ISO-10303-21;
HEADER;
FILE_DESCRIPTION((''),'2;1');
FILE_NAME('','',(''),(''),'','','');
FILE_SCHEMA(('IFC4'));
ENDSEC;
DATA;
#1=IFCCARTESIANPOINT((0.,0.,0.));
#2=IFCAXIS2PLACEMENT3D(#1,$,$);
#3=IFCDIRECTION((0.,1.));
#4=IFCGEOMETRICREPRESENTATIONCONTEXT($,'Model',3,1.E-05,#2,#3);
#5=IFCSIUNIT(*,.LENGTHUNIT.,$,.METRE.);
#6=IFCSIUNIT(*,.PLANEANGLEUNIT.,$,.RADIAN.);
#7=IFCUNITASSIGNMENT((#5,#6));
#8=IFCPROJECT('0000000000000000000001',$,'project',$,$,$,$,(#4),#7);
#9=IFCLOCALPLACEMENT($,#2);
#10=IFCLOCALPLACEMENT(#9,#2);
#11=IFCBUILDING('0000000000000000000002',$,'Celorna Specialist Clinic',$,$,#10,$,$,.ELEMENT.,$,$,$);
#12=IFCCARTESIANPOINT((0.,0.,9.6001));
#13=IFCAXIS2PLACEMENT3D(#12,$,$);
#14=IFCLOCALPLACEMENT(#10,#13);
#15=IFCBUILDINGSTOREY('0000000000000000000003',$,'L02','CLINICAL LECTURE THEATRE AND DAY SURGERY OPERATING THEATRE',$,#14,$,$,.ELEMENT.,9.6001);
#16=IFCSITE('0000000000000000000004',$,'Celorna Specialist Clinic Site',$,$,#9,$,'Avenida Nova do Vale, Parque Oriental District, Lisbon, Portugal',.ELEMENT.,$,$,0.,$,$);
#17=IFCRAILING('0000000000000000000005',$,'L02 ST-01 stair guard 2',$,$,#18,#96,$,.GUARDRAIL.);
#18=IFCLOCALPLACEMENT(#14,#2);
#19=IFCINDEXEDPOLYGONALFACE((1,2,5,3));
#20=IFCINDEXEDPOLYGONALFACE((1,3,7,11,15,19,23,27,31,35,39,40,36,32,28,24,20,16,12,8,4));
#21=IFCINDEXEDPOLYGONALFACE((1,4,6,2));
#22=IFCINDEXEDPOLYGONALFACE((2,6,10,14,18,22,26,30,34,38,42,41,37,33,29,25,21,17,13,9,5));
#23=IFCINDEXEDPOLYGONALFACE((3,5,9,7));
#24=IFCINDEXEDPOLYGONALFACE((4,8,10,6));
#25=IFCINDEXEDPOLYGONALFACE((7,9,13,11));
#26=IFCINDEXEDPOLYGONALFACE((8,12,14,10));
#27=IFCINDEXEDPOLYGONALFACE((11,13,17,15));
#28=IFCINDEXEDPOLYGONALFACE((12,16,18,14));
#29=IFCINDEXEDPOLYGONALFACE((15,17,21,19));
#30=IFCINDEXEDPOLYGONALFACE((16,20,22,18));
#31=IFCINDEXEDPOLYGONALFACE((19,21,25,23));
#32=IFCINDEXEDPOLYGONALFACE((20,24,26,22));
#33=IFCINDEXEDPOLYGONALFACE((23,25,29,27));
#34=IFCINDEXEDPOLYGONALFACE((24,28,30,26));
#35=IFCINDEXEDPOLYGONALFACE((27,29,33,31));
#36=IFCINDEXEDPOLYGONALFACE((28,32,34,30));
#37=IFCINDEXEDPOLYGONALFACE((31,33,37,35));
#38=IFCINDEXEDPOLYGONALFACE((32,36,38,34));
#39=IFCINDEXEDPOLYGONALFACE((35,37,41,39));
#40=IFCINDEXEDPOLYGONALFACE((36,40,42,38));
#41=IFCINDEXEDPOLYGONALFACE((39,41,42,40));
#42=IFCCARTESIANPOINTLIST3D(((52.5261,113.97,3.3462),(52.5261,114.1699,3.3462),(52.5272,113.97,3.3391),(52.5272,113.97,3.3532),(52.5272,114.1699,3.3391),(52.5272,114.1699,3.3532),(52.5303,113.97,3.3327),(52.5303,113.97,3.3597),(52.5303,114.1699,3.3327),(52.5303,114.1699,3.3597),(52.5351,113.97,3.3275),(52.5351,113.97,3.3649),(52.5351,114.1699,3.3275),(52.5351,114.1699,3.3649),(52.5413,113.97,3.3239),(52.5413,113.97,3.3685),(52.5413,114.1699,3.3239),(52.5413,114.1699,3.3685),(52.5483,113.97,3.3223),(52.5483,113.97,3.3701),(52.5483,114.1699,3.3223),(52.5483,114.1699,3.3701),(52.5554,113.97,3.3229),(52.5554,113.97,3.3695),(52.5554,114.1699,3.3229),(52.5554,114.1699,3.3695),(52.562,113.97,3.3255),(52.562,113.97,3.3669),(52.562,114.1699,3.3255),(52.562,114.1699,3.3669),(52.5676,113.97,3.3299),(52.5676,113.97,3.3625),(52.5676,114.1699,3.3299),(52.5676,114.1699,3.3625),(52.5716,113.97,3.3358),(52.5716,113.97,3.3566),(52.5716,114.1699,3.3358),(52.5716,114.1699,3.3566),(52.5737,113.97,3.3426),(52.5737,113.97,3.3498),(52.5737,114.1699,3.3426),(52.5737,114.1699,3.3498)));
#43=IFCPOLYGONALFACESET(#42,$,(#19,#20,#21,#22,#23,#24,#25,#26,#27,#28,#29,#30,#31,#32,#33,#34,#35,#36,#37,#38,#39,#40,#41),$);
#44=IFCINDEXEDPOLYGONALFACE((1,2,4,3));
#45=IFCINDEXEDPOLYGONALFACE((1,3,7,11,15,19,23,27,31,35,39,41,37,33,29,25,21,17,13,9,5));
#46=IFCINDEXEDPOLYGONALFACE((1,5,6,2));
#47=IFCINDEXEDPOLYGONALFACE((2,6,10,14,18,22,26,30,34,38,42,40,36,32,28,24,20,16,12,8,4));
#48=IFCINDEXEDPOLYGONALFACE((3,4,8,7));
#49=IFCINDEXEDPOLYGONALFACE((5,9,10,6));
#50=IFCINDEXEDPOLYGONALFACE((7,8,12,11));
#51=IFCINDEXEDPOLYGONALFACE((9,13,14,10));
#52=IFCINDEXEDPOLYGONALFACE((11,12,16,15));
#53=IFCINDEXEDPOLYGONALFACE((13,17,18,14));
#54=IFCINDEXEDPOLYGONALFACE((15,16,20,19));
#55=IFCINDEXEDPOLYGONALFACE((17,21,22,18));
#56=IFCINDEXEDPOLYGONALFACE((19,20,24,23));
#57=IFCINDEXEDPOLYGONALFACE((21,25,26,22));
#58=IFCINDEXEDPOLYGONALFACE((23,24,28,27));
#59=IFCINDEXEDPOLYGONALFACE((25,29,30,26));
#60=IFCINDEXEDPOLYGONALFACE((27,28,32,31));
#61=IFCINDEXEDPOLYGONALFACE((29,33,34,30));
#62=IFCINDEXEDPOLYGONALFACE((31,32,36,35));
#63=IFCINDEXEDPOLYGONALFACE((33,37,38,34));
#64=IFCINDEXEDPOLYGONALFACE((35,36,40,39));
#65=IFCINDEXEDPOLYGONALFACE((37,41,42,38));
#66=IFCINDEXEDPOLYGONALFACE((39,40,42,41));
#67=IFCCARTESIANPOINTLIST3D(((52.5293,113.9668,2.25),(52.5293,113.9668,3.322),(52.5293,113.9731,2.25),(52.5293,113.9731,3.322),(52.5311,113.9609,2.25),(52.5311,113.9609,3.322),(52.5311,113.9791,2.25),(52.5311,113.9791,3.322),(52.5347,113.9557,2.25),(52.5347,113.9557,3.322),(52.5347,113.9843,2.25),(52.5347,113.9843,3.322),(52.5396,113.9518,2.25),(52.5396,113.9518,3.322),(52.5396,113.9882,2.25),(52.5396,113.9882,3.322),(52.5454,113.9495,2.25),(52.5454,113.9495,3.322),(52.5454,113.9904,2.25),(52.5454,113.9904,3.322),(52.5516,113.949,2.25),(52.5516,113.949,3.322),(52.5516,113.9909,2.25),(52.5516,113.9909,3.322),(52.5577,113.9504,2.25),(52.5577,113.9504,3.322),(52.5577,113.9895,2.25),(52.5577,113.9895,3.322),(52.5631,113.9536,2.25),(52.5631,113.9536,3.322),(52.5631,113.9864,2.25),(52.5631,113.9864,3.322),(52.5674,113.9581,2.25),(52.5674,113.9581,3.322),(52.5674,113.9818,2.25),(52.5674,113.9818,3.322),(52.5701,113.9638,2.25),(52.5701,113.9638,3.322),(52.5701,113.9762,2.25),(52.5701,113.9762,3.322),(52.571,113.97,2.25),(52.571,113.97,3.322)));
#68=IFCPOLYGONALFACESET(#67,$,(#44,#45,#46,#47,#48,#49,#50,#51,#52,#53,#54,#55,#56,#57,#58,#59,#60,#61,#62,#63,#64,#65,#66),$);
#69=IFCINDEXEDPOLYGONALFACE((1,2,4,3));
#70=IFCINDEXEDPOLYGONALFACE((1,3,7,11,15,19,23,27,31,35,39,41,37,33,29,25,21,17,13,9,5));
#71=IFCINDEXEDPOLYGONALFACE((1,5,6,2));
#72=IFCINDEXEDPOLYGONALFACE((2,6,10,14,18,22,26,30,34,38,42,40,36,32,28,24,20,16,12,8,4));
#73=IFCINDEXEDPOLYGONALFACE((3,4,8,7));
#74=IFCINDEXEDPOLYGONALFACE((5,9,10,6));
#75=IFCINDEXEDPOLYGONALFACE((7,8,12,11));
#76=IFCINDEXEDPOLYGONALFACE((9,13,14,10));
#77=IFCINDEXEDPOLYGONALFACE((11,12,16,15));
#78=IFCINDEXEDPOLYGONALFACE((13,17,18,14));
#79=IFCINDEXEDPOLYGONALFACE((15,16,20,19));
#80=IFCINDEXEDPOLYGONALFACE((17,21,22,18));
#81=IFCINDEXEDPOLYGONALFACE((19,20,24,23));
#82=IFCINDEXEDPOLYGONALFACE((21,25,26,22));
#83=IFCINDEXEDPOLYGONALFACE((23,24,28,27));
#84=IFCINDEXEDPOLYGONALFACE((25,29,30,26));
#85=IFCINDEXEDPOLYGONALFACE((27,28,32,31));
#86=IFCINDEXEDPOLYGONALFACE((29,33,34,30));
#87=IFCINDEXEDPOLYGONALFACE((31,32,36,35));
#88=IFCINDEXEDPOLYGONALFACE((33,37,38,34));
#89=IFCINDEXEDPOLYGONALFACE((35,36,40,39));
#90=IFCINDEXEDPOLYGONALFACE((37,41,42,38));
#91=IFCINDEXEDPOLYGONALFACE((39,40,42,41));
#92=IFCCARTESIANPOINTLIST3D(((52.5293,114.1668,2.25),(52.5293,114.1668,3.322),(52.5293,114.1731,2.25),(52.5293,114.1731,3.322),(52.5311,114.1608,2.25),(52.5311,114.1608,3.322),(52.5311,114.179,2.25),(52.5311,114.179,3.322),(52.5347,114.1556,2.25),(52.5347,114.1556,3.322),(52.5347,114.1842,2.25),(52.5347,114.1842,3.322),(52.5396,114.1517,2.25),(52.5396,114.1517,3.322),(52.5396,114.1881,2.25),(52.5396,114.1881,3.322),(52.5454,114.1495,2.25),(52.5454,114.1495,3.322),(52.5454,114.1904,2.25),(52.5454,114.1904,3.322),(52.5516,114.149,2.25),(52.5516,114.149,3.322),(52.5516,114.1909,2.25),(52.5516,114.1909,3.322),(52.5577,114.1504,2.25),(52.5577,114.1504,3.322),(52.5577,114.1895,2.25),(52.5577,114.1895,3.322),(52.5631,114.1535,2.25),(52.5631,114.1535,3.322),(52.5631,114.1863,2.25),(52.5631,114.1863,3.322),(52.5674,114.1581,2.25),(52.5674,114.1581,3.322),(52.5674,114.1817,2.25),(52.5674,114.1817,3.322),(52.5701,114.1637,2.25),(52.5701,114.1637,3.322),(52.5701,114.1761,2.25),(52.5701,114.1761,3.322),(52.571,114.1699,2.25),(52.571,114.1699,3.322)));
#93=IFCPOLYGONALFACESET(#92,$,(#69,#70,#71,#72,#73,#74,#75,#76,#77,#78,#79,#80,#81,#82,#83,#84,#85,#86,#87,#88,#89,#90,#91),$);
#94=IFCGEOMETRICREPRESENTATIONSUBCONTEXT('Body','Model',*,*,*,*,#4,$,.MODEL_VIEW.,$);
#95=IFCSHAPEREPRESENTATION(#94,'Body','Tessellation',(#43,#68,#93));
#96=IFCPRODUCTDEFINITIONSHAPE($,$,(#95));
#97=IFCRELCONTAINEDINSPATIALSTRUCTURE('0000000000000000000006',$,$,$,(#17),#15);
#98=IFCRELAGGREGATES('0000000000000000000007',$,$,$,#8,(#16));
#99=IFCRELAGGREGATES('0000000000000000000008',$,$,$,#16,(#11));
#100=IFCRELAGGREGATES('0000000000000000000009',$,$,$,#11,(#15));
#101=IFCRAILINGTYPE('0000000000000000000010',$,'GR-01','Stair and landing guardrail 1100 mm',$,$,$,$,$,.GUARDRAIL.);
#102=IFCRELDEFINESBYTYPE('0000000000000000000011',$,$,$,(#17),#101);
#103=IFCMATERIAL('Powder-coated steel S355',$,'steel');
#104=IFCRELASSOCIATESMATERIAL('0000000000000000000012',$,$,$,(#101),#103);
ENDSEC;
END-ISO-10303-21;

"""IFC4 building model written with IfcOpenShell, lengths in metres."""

from ifc_helpers import new_model, si_unit, direction, frame, origin, origin_2d, place, context, subcontext, project, spatial, circle, extrude, material, type_object, element, save


model = new_model("IFC4")

# Units and contexts
model_context = context("Model", 3, precision=1e-05, world=origin(), true_north=direction((0.0, 1.0)))
body_context = subcontext(model_context, "Body", "Model", "MODEL_VIEW")
ifc_project = project(units=[si_unit("LENGTHUNIT", "METRE"), si_unit("PLANEANGLEUNIT", "RADIAN")], contexts=[model_context])

# Site, building, storey
site_placement = place(None, origin())
site = spatial("IfcSite", under=ifc_project, at=site_placement, Name="Celorna Specialist Clinic Site", LongName="Avenida Nova do Vale, Parque Oriental District, Lisbon, Portugal", CompositionType="ELEMENT", RefElevation=0.0)
building_placement = place(site_placement, origin())
building = spatial("IfcBuilding", under=site, at=building_placement, Name="Celorna Specialist Clinic", CompositionType="ELEMENT")
storey_placement = place(building_placement, frame((0.0, 0.0, 9.6001)))
storey = spatial("IfcBuildingStorey", under=building, at=storey_placement, Name="L02", Description="CLINICAL LECTURE THEATRE AND DAY SURGERY OPERATING THEATRE", CompositionType="ELEMENT", Elevation=9.6001)

# Railing
ifc_material_1 = material(Name="Powder-coated steel S355", Category="steel")
railing_type_1 = type_object("IfcRailingType", Name="GR-01", Description="Stair and landing guardrail 1100 mm", PredefinedType="GUARDRAIL", material=ifc_material_1)
railing_1_placement = place(storey_placement, frame((52.55, 113.97, 2.25)))
element("IfcRailing", 1, at=railing_1_placement, inside=storey, type_object=railing_type_1, Name="L02 ST-01 stair guard 2", PredefinedType="GUARDRAIL", context=body_context, shape_type="SweptSolid", body=[
    extrude(circle(Radius=0.0239, at=origin_2d()), frame((0.0, 0.0, 1.0962), z_axis=(0.0, 1.0, 0.0), x_axis=(-1.0, 0.0, 0.0)), (0.0, 0.0, 1.0), 0.2),
    extrude(circle(Radius=0.021, at=origin_2d()), origin(), (0.0, 0.0, 1.0), 1.072),
    extrude(circle(Radius=0.021, at=origin_2d()), frame((0.0, 0.2, 0.0)), (0.0, 0.0, 1.0), 1.072),
])

save(model, "model.ifc")
